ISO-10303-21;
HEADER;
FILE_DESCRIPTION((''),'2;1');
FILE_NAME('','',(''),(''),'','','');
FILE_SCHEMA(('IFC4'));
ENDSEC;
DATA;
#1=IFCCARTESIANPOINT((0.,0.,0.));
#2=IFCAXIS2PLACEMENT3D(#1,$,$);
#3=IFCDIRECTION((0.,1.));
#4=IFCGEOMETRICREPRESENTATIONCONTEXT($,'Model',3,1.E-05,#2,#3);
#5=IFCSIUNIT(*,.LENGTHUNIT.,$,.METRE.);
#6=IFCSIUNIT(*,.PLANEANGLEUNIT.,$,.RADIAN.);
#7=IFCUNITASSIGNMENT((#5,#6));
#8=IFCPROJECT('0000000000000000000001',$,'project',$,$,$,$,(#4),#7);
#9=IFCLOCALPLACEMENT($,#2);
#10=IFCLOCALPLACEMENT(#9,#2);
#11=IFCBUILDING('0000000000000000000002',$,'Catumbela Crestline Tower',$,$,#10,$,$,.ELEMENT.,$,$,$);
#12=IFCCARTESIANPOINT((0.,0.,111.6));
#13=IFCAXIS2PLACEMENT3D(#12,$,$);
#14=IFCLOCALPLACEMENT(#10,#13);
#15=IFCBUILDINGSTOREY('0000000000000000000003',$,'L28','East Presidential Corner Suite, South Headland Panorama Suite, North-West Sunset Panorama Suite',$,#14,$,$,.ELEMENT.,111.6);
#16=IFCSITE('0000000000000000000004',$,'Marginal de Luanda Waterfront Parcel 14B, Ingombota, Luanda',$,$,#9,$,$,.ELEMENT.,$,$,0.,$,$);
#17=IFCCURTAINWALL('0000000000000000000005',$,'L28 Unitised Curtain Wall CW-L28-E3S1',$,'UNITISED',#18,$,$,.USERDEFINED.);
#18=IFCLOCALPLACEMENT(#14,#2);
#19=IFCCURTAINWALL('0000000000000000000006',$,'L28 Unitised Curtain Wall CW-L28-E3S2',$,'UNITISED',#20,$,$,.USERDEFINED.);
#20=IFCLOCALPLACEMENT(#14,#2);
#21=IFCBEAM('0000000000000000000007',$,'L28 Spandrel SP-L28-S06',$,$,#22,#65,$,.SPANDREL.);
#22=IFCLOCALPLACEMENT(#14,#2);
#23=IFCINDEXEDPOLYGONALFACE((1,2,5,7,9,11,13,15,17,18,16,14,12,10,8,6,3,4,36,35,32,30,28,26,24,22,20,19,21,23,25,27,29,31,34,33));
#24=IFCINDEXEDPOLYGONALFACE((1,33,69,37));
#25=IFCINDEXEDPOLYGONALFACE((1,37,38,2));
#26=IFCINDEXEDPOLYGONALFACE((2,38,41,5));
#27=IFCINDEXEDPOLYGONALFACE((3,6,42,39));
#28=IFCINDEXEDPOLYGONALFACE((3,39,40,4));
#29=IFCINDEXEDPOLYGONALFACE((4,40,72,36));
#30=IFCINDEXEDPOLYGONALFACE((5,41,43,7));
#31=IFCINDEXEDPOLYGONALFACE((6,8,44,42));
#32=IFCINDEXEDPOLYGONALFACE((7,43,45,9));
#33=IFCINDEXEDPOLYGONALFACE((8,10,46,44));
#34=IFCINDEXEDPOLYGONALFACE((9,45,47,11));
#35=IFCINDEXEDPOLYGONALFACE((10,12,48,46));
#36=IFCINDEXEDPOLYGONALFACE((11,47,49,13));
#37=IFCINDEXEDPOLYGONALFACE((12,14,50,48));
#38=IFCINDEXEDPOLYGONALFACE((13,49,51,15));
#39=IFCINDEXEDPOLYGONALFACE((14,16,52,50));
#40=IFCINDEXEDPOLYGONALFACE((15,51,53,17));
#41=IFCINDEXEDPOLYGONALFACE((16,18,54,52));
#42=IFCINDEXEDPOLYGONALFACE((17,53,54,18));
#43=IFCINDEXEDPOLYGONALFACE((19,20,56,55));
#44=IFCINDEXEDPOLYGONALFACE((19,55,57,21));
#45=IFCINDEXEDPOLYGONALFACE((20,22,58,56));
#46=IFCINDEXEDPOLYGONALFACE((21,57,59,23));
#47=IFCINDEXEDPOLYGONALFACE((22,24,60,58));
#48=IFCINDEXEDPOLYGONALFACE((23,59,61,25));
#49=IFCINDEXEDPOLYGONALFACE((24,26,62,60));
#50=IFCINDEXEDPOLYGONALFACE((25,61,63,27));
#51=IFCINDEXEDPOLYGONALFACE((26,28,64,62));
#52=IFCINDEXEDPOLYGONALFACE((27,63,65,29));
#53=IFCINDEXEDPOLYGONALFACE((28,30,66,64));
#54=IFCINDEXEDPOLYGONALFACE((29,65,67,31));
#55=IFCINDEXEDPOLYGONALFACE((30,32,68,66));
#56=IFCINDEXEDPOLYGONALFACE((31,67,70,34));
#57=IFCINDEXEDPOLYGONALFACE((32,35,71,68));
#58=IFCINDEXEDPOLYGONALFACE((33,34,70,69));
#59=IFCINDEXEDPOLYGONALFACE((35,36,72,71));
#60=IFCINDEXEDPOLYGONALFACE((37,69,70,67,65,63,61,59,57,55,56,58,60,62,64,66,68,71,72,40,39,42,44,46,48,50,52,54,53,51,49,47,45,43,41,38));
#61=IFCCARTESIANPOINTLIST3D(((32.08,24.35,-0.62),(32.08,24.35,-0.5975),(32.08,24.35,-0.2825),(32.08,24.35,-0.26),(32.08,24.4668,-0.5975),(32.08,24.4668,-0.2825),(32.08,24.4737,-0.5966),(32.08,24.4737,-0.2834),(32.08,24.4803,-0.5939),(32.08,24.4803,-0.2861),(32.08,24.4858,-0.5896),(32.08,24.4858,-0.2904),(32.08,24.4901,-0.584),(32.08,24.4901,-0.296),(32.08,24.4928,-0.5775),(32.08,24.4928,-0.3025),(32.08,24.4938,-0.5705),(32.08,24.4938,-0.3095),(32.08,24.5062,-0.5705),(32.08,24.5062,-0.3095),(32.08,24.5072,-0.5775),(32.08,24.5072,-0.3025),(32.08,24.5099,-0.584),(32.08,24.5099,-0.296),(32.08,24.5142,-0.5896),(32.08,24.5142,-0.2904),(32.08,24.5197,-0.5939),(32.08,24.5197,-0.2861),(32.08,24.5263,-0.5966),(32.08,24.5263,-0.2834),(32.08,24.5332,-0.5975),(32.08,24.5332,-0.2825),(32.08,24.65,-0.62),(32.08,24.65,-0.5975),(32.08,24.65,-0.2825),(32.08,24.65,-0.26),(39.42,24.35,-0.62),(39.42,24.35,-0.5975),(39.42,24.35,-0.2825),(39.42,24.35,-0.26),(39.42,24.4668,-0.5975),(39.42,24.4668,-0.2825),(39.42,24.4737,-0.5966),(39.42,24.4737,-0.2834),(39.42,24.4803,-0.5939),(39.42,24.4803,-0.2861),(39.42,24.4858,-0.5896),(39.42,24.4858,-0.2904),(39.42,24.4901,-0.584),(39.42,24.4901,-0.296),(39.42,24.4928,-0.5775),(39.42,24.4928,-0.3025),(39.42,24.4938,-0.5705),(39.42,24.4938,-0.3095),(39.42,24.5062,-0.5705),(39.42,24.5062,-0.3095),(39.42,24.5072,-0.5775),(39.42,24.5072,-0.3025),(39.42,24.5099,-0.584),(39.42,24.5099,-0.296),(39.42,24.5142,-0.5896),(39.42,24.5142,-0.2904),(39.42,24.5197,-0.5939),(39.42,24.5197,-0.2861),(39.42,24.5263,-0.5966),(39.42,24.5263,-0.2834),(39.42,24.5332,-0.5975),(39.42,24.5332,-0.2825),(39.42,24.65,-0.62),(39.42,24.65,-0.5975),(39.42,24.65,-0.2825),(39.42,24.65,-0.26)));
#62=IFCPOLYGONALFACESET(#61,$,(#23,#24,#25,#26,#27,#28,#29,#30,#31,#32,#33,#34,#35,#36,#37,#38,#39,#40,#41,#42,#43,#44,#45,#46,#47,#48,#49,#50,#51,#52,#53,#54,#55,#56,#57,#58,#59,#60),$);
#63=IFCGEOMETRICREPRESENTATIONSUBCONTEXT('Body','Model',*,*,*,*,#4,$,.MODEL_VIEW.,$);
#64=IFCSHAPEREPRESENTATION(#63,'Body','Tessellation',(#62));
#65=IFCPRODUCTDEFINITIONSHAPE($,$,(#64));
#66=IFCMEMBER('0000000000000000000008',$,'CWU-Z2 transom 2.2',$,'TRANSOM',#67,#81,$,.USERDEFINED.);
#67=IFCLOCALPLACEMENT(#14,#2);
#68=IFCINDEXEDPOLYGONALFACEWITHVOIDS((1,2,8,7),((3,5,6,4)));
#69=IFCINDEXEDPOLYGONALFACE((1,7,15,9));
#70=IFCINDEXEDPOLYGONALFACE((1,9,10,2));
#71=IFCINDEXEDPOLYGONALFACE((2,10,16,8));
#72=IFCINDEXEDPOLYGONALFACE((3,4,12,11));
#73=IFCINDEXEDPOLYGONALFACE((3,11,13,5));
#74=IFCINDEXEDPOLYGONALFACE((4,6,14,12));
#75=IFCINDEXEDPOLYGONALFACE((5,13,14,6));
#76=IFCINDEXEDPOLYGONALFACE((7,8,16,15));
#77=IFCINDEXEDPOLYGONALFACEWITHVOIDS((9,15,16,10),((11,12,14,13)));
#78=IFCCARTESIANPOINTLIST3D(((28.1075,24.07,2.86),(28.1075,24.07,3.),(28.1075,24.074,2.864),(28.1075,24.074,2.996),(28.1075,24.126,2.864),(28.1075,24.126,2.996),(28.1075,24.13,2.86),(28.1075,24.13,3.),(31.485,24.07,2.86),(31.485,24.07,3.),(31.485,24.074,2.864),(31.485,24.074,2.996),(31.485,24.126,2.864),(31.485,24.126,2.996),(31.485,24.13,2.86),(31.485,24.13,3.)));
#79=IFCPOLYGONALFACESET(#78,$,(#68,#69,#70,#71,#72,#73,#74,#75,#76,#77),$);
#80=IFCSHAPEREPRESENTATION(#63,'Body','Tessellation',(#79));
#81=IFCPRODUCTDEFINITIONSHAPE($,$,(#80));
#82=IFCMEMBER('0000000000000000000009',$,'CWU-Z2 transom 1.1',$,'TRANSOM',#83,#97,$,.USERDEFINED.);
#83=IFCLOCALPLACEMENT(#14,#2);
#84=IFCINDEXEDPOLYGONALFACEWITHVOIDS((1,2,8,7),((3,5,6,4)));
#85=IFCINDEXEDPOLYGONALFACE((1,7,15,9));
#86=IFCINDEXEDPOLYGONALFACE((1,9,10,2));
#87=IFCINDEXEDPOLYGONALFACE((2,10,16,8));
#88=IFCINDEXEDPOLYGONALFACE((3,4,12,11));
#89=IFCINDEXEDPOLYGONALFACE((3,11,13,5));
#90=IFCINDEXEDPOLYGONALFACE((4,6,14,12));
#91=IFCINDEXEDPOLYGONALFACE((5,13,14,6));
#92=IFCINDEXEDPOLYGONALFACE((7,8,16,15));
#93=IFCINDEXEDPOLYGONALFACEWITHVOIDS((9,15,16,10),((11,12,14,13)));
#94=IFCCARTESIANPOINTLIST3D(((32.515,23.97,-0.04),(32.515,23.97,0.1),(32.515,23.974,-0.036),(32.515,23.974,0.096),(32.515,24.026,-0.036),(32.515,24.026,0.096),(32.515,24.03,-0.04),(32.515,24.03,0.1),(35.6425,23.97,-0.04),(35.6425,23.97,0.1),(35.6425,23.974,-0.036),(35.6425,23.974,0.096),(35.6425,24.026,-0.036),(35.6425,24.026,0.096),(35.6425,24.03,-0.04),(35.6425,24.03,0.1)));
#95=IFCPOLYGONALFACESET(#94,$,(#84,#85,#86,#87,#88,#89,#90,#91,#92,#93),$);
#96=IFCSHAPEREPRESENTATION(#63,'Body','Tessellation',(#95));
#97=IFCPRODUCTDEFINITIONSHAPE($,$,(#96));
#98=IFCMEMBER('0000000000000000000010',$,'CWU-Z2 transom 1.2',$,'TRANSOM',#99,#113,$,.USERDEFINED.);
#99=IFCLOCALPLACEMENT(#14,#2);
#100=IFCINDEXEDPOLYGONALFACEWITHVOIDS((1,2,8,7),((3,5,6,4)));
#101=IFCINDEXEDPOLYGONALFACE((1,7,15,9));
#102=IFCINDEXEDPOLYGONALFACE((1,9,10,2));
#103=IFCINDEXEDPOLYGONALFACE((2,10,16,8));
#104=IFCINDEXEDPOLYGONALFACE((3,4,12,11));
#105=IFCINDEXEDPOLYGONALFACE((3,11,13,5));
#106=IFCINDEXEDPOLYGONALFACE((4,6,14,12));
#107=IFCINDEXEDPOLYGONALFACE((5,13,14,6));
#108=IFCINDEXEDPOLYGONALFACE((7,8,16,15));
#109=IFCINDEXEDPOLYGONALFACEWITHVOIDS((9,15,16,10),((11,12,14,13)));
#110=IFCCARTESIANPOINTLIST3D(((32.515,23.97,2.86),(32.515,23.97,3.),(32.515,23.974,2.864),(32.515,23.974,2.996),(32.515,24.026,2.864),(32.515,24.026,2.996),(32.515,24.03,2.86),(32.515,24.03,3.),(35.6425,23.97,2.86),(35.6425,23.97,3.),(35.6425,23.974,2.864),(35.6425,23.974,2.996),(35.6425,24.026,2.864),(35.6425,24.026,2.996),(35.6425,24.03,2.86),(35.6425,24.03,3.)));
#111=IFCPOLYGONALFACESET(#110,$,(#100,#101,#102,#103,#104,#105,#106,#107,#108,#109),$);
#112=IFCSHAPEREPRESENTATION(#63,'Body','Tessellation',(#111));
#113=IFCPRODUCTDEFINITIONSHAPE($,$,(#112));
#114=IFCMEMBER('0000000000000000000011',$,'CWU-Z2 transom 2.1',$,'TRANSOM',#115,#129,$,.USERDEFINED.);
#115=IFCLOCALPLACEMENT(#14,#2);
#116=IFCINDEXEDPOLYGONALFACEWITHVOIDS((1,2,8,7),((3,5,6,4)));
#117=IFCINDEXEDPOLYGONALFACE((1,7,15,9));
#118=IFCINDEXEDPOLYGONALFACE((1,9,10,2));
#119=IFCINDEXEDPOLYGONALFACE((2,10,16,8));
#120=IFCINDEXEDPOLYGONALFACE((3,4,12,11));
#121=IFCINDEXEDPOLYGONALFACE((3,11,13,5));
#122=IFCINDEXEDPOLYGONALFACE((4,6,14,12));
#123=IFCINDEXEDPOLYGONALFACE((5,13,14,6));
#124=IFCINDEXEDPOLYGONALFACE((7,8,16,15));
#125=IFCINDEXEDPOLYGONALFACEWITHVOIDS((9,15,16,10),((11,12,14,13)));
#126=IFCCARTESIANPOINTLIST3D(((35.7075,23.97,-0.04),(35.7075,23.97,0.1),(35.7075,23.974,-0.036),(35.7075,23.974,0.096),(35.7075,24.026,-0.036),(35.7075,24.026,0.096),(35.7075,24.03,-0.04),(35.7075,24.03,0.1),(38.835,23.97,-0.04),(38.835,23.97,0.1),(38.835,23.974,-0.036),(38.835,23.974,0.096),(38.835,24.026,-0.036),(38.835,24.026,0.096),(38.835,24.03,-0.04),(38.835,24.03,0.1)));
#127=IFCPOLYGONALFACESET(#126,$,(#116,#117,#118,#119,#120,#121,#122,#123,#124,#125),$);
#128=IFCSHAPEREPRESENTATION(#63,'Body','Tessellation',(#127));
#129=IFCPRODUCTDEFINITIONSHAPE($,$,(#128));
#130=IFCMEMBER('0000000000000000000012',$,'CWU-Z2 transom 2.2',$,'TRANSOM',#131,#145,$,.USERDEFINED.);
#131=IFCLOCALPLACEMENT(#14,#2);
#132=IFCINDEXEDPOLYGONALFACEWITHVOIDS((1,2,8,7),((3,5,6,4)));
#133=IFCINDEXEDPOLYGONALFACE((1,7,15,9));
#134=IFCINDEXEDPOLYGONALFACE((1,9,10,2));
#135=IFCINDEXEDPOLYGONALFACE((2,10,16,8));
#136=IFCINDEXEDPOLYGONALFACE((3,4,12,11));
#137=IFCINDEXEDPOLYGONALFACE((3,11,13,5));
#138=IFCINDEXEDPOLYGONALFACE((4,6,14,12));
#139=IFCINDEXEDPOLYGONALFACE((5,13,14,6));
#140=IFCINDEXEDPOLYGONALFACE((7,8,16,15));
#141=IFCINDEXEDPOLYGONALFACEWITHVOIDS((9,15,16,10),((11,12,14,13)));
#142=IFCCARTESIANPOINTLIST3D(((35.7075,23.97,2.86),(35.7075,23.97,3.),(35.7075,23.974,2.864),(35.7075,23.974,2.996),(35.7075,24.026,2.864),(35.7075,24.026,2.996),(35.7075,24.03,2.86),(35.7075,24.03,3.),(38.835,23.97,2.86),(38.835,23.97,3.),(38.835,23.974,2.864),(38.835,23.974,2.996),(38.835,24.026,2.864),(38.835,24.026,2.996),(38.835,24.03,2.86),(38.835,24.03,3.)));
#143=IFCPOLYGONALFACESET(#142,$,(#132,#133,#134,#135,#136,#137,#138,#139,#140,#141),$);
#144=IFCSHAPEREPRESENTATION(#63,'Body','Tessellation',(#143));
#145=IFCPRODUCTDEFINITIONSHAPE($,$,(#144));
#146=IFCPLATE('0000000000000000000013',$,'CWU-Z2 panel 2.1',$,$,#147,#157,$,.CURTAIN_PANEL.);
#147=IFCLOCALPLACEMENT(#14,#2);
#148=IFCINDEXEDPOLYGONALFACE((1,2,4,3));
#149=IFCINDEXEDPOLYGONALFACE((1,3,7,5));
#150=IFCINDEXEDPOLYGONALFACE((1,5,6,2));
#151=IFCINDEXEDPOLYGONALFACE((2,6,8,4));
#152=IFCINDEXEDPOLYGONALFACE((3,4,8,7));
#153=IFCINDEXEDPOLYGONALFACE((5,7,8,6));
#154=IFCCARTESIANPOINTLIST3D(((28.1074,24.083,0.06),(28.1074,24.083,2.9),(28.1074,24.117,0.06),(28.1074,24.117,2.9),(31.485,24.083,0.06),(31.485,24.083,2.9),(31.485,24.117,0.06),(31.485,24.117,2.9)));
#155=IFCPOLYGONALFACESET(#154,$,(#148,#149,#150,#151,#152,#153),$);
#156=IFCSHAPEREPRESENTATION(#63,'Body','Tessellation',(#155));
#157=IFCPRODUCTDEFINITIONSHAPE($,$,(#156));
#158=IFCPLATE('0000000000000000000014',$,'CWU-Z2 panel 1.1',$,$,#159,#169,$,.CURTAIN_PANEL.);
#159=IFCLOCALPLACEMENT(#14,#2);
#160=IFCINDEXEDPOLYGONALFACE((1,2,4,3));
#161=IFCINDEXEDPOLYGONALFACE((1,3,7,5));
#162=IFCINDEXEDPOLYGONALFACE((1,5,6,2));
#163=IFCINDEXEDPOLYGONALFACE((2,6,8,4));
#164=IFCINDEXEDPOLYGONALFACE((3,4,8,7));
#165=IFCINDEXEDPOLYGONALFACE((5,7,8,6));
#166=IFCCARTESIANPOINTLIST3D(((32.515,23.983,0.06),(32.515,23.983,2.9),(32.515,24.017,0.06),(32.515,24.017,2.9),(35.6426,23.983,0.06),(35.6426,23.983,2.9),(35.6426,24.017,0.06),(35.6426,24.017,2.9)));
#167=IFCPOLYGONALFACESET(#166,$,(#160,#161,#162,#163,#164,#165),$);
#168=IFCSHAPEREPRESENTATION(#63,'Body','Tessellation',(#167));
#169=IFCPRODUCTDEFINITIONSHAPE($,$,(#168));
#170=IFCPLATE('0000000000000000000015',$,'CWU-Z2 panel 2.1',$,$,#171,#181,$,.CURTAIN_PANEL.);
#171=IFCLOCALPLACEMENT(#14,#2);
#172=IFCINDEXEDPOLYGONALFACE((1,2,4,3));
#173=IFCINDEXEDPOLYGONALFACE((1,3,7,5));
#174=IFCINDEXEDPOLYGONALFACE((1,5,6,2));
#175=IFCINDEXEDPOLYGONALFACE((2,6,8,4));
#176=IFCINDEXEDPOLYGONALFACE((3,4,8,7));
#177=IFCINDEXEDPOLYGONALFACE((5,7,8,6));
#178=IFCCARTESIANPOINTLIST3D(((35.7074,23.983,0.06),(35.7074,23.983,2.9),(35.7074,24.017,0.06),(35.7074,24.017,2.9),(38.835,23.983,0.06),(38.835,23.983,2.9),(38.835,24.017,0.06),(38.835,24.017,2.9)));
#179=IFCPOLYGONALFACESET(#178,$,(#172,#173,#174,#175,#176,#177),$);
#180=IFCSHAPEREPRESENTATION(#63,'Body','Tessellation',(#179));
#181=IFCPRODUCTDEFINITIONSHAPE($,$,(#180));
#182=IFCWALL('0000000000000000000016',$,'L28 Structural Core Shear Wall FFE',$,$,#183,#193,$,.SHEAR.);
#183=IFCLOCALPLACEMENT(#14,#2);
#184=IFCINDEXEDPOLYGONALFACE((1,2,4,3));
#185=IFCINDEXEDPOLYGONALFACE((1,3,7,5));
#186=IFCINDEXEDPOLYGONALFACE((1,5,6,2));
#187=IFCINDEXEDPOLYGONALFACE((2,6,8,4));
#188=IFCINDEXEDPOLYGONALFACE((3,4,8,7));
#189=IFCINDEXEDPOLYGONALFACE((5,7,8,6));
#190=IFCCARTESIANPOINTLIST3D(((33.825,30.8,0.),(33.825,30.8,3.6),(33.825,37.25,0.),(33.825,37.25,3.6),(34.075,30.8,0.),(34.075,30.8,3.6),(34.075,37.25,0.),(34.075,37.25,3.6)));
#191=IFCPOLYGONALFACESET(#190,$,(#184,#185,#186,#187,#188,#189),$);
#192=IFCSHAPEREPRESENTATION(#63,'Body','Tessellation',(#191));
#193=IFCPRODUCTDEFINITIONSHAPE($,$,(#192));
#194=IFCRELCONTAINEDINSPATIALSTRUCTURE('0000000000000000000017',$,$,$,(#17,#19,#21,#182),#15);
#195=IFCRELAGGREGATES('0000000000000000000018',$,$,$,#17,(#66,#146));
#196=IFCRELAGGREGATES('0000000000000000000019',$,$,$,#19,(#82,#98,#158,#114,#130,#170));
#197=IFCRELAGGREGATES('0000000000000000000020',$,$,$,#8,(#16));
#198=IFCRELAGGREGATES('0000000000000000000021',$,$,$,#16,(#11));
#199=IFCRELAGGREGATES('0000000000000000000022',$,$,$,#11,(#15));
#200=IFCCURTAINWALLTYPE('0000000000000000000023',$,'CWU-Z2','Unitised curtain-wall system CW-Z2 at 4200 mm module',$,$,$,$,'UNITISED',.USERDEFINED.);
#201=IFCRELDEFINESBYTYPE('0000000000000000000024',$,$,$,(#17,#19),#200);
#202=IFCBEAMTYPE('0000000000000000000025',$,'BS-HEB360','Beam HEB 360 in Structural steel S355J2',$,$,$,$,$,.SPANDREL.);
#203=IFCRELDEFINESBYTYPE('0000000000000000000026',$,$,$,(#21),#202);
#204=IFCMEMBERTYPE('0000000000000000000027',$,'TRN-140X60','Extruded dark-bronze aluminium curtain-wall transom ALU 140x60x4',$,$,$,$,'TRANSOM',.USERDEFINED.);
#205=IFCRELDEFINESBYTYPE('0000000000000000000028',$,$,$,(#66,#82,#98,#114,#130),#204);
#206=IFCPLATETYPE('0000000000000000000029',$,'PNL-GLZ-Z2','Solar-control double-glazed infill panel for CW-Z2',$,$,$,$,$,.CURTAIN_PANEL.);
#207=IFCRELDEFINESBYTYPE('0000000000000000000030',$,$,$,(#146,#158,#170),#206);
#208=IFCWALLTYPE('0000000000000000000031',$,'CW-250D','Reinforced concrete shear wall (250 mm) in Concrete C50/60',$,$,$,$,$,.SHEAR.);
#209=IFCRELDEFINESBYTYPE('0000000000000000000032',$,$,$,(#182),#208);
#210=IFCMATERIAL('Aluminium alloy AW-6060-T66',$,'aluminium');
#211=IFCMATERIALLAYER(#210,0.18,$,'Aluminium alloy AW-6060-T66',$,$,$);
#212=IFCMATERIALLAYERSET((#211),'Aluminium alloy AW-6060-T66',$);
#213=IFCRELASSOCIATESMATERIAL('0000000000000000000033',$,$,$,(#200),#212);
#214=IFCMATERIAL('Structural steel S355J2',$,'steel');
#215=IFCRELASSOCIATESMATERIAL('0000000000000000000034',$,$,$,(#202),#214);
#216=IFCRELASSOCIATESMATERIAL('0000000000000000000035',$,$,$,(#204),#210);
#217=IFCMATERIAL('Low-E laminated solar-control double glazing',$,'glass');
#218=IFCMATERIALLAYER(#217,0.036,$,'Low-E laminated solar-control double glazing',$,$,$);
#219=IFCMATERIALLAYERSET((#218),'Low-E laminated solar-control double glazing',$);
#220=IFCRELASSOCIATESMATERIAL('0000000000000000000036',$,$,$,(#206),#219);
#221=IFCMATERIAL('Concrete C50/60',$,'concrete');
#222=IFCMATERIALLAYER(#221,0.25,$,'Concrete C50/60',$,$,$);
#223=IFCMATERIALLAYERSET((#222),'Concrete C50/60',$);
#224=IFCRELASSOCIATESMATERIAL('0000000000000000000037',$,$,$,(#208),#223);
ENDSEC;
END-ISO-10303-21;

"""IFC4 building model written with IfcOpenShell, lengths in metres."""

from ifc_helpers import new_model, si_unit, direction, frame, frame_2d, origin, origin_2d, place, context, subcontext, project, spatial, rectangle, hollow_rectangle, i_section, extrude, material, layer, layer_set, material_profile, profile_set, type_object, element, aggregate, save


model = new_model("IFC4")

# Units and contexts
model_context = context("Model", 3, precision=1e-05, world=origin(), true_north=direction((0.0, 1.0)))
body_context = subcontext(model_context, "Body", "Model", "MODEL_VIEW")
ifc_project = project(units=[si_unit("LENGTHUNIT", "METRE"), si_unit("PLANEANGLEUNIT", "RADIAN")], contexts=[model_context])

# Site, building, storey
site_placement = place(None, origin())
site = spatial("IfcSite", under=ifc_project, at=site_placement, Name="Marginal de Luanda Waterfront Parcel 14B, Ingombota, Luanda", CompositionType="ELEMENT", RefElevation=0.0)
building_placement = place(site_placement, origin())
building = spatial("IfcBuilding", under=site, at=building_placement, Name="Catumbela Crestline Tower", CompositionType="ELEMENT")
storey_placement = place(building_placement, frame((0.0, 0.0, 111.6)))
storey = spatial("IfcBuildingStorey", under=building, at=storey_placement, Name="L28", Description="East Presidential Corner Suite, South Headland Panorama Suite, North-West Sunset Panorama Suite", CompositionType="ELEMENT", Elevation=111.6)

# Shared definitions
ifc_material_1 = material(Name="Concrete C50/60", Category="concrete")

# Shared definitions
ifc_material_2 = material(Name="Structural steel S355J2", Category="steel")

# Curtain wall
ifc_material_3 = material(Name="Aluminium alloy AW-6060-T66", Category="aluminium")
ifc_layer_1 = layer(ifc_material_3, 0.18, Name="Aluminium alloy AW-6060-T66")
ifc_layer_set_1 = layer_set([ifc_layer_1], Name="Aluminium alloy AW-6060-T66")
curtain_wall_type = type_object("IfcCurtainWallType", Name="CWU-Z2", Description="Unitised curtain-wall system CW-Z2 at 4200 mm module", ElementType="UNITISED", PredefinedType="USERDEFINED", material=ifc_layer_set_1)
curtain_wall_1_placement = place(storey_placement, origin())
curtain_wall_1 = element("IfcCurtainWall", 1, at=curtain_wall_1_placement, inside=storey, type_object=curtain_wall_type, Name="L28 Unitised Curtain Wall CW-L28-E3S1", ObjectType="UNITISED", PredefinedType="USERDEFINED")

# Curtain wall
curtain_wall_2_placement = place(storey_placement, origin())
curtain_wall_2 = element("IfcCurtainWall", 2, at=curtain_wall_2_placement, inside=storey, type_object=curtain_wall_type, Name="L28 Unitised Curtain Wall CW-L28-E3S2", ObjectType="UNITISED", PredefinedType="USERDEFINED")

# Beam
ifc_material_profile_1 = material_profile(ifc_material_2, i_section(OverallWidth=0.3, OverallDepth=0.36, WebThickness=0.0125, FlangeThickness=0.0225, FilletRadius=0.027, at=origin_2d()), Name="HEB 360")
ifc_profile_set_1 = profile_set([ifc_material_profile_1], Name="Structural steel S355J2")
beam_type_1 = type_object("IfcBeamType", Name="BS-HEB360", Description="Beam HEB 360 in Structural steel S355J2", PredefinedType="SPANDREL", material=ifc_profile_set_1)
beam_placement = place(storey_placement, frame((32.08, 24.5, -0.44), z_axis=(1.0, 0.0, 0.0), x_axis=(0.0, 1.0, 0.0)))
element("IfcBeam", 3, at=beam_placement, inside=storey, type_object=beam_type_1, Name="L28 Spandrel SP-L28-S06", PredefinedType="SPANDREL", context=body_context, shape_type="SweptSolid", body=[
    extrude(i_section(OverallWidth=0.3, OverallDepth=0.36, WebThickness=0.0125, FlangeThickness=0.0225, FilletRadius=0.027, at=origin_2d()), origin(), (0.0, 0.0, 1.0), 7.34),
])

# Members
ifc_material_profile_2 = material_profile(ifc_material_3, hollow_rectangle(XDim=0.06, YDim=0.14, WallThickness=0.004, at=origin_2d()), Name="ALU 140x60x4")
ifc_profile_set_2 = profile_set([ifc_material_profile_2], Name="Aluminium alloy AW-6060-T66")
member_type_1 = type_object("IfcMemberType", Name="TRN-140X60", Description="Extruded dark-bronze aluminium curtain-wall transom ALU 140x60x4", ElementType="TRANSOM", PredefinedType="USERDEFINED", material=ifc_profile_set_2)
member_1_placement = place(storey_placement, frame((28.1075, 24.1, 2.93), z_axis=(1.0, 0.0, 0.0), x_axis=(0.0, 1.0, 0.0)))
member_1 = element("IfcMember", 4, at=member_1_placement, type_object=member_type_1, Name="CWU-Z2 transom 2.2", ObjectType="TRANSOM", PredefinedType="USERDEFINED", context=body_context, shape_type="SweptSolid", body=[
    extrude(hollow_rectangle(XDim=0.06, YDim=0.14, WallThickness=0.004, at=origin_2d()), origin(), (0.0, 0.0, 1.0), 3.3775),
])
member_2_placement = place(storey_placement, frame((32.515, 24.0, 0.03), z_axis=(1.0, 0.0, 0.0), x_axis=(0.0, 1.0, 0.0)))
member_2 = element("IfcMember", 5, at=member_2_placement, type_object=member_type_1, Name="CWU-Z2 transom 1.1", ObjectType="TRANSOM", PredefinedType="USERDEFINED", context=body_context, shape_type="SweptSolid", body=[
    extrude(hollow_rectangle(XDim=0.06, YDim=0.14, WallThickness=0.004, at=origin_2d()), origin(), (0.0, 0.0, 1.0), 3.1275),
])
member_3_placement = place(storey_placement, frame((32.515, 24.0, 2.93), z_axis=(1.0, 0.0, 0.0), x_axis=(0.0, 1.0, 0.0)))
member_3 = element("IfcMember", 6, at=member_3_placement, type_object=member_type_1, Name="CWU-Z2 transom 1.2", ObjectType="TRANSOM", PredefinedType="USERDEFINED", context=body_context, shape_type="SweptSolid", body=[
    extrude(hollow_rectangle(XDim=0.06, YDim=0.14, WallThickness=0.004, at=origin_2d()), origin(), (0.0, 0.0, 1.0), 3.1275),
])
member_4_placement = place(storey_placement, frame((35.7075, 24.0, 0.03), z_axis=(1.0, 0.0, 0.0), x_axis=(0.0, 1.0, 0.0)))
member_4 = element("IfcMember", 7, at=member_4_placement, type_object=member_type_1, Name="CWU-Z2 transom 2.1", ObjectType="TRANSOM", PredefinedType="USERDEFINED", context=body_context, shape_type="SweptSolid", body=[
    extrude(hollow_rectangle(XDim=0.06, YDim=0.14, WallThickness=0.004, at=origin_2d()), origin(), (0.0, 0.0, 1.0), 3.1275),
])
member_5_placement = place(storey_placement, frame((35.7075, 24.0, 2.93), z_axis=(1.0, 0.0, 0.0), x_axis=(0.0, 1.0, 0.0)))
member_5 = element("IfcMember", 8, at=member_5_placement, type_object=member_type_1, Name="CWU-Z2 transom 2.2", ObjectType="TRANSOM", PredefinedType="USERDEFINED", context=body_context, shape_type="SweptSolid", body=[
    extrude(hollow_rectangle(XDim=0.06, YDim=0.14, WallThickness=0.004, at=origin_2d()), origin(), (0.0, 0.0, 1.0), 3.1275),
])

# Plates
ifc_material_4 = material(Name="Low-E laminated solar-control double glazing", Category="glass")
ifc_layer_2 = layer(ifc_material_4, 0.036, Name="Low-E laminated solar-control double glazing")
ifc_layer_set_2 = layer_set([ifc_layer_2], Name="Low-E laminated solar-control double glazing")
plate_type = type_object("IfcPlateType", Name="PNL-GLZ-Z2", Description="Solar-control double-glazed infill panel for CW-Z2", PredefinedType="CURTAIN_PANEL", material=ifc_layer_set_2)
plate_1_placement = place(storey_placement, frame((29.7962, 24.1, 0.06), z_axis=(0.0, 0.0, 1.0), x_axis=(1.0, 0.0, 0.0)))
plate_1 = element("IfcPlate", 9, at=plate_1_placement, type_object=plate_type, Name="CWU-Z2 panel 2.1", PredefinedType="CURTAIN_PANEL", context=body_context, shape_type="SweptSolid", body=[
    extrude(rectangle(XDim=3.3775, YDim=0.034, at=origin_2d()), origin(), (0.0, 0.0, 1.0), 2.84),
])
aggregate(curtain_wall_1, [member_1, plate_1])
plate_2_placement = place(storey_placement, frame((34.0788, 24.0, 0.06), z_axis=(0.0, 0.0, 1.0), x_axis=(1.0, 0.0, 0.0)))
plate_2 = element("IfcPlate", 10, at=plate_2_placement, type_object=plate_type, Name="CWU-Z2 panel 1.1", PredefinedType="CURTAIN_PANEL", context=body_context, shape_type="SweptSolid", body=[
    extrude(rectangle(XDim=3.1275, YDim=0.034, at=origin_2d()), origin(), (0.0, 0.0, 1.0), 2.84),
])
plate_3_placement = place(storey_placement, frame((37.2712, 24.0, 0.06), z_axis=(0.0, 0.0, 1.0), x_axis=(1.0, 0.0, 0.0)))
plate_3 = element("IfcPlate", 11, at=plate_3_placement, type_object=plate_type, Name="CWU-Z2 panel 2.1", PredefinedType="CURTAIN_PANEL", context=body_context, shape_type="SweptSolid", body=[
    extrude(rectangle(XDim=3.1275, YDim=0.034, at=origin_2d()), origin(), (0.0, 0.0, 1.0), 2.84),
])
aggregate(curtain_wall_2, [member_2, member_3, plate_2, member_4, member_5, plate_3])

# Wall
ifc_layer_3 = layer(ifc_material_1, 0.25, Name="Concrete C50/60")
ifc_layer_set_3 = layer_set([ifc_layer_3], Name="Concrete C50/60")
wall_type_1 = type_object("IfcWallType", Name="CW-250D", Description="Reinforced concrete shear wall (250 mm) in Concrete C50/60", PredefinedType="SHEAR", material=ifc_layer_set_3)
wall_1_placement = place(storey_placement, frame((33.95, 30.8, 0.0), z_axis=(0.0, 0.0, 1.0), x_axis=(0.0, 1.0, 0.0)))
element("IfcWall", 12, at=wall_1_placement, inside=storey, type_object=wall_type_1, Name="L28 Structural Core Shear Wall FFE", PredefinedType="SHEAR", context=body_context, shape_type="SweptSolid", body=[
    extrude(rectangle(XDim=6.45, YDim=0.25, at=frame_2d((3.225, 0.0))), origin(), (0.0, 0.0, 1.0), 3.6),
])

save(model, "model.ifc")
